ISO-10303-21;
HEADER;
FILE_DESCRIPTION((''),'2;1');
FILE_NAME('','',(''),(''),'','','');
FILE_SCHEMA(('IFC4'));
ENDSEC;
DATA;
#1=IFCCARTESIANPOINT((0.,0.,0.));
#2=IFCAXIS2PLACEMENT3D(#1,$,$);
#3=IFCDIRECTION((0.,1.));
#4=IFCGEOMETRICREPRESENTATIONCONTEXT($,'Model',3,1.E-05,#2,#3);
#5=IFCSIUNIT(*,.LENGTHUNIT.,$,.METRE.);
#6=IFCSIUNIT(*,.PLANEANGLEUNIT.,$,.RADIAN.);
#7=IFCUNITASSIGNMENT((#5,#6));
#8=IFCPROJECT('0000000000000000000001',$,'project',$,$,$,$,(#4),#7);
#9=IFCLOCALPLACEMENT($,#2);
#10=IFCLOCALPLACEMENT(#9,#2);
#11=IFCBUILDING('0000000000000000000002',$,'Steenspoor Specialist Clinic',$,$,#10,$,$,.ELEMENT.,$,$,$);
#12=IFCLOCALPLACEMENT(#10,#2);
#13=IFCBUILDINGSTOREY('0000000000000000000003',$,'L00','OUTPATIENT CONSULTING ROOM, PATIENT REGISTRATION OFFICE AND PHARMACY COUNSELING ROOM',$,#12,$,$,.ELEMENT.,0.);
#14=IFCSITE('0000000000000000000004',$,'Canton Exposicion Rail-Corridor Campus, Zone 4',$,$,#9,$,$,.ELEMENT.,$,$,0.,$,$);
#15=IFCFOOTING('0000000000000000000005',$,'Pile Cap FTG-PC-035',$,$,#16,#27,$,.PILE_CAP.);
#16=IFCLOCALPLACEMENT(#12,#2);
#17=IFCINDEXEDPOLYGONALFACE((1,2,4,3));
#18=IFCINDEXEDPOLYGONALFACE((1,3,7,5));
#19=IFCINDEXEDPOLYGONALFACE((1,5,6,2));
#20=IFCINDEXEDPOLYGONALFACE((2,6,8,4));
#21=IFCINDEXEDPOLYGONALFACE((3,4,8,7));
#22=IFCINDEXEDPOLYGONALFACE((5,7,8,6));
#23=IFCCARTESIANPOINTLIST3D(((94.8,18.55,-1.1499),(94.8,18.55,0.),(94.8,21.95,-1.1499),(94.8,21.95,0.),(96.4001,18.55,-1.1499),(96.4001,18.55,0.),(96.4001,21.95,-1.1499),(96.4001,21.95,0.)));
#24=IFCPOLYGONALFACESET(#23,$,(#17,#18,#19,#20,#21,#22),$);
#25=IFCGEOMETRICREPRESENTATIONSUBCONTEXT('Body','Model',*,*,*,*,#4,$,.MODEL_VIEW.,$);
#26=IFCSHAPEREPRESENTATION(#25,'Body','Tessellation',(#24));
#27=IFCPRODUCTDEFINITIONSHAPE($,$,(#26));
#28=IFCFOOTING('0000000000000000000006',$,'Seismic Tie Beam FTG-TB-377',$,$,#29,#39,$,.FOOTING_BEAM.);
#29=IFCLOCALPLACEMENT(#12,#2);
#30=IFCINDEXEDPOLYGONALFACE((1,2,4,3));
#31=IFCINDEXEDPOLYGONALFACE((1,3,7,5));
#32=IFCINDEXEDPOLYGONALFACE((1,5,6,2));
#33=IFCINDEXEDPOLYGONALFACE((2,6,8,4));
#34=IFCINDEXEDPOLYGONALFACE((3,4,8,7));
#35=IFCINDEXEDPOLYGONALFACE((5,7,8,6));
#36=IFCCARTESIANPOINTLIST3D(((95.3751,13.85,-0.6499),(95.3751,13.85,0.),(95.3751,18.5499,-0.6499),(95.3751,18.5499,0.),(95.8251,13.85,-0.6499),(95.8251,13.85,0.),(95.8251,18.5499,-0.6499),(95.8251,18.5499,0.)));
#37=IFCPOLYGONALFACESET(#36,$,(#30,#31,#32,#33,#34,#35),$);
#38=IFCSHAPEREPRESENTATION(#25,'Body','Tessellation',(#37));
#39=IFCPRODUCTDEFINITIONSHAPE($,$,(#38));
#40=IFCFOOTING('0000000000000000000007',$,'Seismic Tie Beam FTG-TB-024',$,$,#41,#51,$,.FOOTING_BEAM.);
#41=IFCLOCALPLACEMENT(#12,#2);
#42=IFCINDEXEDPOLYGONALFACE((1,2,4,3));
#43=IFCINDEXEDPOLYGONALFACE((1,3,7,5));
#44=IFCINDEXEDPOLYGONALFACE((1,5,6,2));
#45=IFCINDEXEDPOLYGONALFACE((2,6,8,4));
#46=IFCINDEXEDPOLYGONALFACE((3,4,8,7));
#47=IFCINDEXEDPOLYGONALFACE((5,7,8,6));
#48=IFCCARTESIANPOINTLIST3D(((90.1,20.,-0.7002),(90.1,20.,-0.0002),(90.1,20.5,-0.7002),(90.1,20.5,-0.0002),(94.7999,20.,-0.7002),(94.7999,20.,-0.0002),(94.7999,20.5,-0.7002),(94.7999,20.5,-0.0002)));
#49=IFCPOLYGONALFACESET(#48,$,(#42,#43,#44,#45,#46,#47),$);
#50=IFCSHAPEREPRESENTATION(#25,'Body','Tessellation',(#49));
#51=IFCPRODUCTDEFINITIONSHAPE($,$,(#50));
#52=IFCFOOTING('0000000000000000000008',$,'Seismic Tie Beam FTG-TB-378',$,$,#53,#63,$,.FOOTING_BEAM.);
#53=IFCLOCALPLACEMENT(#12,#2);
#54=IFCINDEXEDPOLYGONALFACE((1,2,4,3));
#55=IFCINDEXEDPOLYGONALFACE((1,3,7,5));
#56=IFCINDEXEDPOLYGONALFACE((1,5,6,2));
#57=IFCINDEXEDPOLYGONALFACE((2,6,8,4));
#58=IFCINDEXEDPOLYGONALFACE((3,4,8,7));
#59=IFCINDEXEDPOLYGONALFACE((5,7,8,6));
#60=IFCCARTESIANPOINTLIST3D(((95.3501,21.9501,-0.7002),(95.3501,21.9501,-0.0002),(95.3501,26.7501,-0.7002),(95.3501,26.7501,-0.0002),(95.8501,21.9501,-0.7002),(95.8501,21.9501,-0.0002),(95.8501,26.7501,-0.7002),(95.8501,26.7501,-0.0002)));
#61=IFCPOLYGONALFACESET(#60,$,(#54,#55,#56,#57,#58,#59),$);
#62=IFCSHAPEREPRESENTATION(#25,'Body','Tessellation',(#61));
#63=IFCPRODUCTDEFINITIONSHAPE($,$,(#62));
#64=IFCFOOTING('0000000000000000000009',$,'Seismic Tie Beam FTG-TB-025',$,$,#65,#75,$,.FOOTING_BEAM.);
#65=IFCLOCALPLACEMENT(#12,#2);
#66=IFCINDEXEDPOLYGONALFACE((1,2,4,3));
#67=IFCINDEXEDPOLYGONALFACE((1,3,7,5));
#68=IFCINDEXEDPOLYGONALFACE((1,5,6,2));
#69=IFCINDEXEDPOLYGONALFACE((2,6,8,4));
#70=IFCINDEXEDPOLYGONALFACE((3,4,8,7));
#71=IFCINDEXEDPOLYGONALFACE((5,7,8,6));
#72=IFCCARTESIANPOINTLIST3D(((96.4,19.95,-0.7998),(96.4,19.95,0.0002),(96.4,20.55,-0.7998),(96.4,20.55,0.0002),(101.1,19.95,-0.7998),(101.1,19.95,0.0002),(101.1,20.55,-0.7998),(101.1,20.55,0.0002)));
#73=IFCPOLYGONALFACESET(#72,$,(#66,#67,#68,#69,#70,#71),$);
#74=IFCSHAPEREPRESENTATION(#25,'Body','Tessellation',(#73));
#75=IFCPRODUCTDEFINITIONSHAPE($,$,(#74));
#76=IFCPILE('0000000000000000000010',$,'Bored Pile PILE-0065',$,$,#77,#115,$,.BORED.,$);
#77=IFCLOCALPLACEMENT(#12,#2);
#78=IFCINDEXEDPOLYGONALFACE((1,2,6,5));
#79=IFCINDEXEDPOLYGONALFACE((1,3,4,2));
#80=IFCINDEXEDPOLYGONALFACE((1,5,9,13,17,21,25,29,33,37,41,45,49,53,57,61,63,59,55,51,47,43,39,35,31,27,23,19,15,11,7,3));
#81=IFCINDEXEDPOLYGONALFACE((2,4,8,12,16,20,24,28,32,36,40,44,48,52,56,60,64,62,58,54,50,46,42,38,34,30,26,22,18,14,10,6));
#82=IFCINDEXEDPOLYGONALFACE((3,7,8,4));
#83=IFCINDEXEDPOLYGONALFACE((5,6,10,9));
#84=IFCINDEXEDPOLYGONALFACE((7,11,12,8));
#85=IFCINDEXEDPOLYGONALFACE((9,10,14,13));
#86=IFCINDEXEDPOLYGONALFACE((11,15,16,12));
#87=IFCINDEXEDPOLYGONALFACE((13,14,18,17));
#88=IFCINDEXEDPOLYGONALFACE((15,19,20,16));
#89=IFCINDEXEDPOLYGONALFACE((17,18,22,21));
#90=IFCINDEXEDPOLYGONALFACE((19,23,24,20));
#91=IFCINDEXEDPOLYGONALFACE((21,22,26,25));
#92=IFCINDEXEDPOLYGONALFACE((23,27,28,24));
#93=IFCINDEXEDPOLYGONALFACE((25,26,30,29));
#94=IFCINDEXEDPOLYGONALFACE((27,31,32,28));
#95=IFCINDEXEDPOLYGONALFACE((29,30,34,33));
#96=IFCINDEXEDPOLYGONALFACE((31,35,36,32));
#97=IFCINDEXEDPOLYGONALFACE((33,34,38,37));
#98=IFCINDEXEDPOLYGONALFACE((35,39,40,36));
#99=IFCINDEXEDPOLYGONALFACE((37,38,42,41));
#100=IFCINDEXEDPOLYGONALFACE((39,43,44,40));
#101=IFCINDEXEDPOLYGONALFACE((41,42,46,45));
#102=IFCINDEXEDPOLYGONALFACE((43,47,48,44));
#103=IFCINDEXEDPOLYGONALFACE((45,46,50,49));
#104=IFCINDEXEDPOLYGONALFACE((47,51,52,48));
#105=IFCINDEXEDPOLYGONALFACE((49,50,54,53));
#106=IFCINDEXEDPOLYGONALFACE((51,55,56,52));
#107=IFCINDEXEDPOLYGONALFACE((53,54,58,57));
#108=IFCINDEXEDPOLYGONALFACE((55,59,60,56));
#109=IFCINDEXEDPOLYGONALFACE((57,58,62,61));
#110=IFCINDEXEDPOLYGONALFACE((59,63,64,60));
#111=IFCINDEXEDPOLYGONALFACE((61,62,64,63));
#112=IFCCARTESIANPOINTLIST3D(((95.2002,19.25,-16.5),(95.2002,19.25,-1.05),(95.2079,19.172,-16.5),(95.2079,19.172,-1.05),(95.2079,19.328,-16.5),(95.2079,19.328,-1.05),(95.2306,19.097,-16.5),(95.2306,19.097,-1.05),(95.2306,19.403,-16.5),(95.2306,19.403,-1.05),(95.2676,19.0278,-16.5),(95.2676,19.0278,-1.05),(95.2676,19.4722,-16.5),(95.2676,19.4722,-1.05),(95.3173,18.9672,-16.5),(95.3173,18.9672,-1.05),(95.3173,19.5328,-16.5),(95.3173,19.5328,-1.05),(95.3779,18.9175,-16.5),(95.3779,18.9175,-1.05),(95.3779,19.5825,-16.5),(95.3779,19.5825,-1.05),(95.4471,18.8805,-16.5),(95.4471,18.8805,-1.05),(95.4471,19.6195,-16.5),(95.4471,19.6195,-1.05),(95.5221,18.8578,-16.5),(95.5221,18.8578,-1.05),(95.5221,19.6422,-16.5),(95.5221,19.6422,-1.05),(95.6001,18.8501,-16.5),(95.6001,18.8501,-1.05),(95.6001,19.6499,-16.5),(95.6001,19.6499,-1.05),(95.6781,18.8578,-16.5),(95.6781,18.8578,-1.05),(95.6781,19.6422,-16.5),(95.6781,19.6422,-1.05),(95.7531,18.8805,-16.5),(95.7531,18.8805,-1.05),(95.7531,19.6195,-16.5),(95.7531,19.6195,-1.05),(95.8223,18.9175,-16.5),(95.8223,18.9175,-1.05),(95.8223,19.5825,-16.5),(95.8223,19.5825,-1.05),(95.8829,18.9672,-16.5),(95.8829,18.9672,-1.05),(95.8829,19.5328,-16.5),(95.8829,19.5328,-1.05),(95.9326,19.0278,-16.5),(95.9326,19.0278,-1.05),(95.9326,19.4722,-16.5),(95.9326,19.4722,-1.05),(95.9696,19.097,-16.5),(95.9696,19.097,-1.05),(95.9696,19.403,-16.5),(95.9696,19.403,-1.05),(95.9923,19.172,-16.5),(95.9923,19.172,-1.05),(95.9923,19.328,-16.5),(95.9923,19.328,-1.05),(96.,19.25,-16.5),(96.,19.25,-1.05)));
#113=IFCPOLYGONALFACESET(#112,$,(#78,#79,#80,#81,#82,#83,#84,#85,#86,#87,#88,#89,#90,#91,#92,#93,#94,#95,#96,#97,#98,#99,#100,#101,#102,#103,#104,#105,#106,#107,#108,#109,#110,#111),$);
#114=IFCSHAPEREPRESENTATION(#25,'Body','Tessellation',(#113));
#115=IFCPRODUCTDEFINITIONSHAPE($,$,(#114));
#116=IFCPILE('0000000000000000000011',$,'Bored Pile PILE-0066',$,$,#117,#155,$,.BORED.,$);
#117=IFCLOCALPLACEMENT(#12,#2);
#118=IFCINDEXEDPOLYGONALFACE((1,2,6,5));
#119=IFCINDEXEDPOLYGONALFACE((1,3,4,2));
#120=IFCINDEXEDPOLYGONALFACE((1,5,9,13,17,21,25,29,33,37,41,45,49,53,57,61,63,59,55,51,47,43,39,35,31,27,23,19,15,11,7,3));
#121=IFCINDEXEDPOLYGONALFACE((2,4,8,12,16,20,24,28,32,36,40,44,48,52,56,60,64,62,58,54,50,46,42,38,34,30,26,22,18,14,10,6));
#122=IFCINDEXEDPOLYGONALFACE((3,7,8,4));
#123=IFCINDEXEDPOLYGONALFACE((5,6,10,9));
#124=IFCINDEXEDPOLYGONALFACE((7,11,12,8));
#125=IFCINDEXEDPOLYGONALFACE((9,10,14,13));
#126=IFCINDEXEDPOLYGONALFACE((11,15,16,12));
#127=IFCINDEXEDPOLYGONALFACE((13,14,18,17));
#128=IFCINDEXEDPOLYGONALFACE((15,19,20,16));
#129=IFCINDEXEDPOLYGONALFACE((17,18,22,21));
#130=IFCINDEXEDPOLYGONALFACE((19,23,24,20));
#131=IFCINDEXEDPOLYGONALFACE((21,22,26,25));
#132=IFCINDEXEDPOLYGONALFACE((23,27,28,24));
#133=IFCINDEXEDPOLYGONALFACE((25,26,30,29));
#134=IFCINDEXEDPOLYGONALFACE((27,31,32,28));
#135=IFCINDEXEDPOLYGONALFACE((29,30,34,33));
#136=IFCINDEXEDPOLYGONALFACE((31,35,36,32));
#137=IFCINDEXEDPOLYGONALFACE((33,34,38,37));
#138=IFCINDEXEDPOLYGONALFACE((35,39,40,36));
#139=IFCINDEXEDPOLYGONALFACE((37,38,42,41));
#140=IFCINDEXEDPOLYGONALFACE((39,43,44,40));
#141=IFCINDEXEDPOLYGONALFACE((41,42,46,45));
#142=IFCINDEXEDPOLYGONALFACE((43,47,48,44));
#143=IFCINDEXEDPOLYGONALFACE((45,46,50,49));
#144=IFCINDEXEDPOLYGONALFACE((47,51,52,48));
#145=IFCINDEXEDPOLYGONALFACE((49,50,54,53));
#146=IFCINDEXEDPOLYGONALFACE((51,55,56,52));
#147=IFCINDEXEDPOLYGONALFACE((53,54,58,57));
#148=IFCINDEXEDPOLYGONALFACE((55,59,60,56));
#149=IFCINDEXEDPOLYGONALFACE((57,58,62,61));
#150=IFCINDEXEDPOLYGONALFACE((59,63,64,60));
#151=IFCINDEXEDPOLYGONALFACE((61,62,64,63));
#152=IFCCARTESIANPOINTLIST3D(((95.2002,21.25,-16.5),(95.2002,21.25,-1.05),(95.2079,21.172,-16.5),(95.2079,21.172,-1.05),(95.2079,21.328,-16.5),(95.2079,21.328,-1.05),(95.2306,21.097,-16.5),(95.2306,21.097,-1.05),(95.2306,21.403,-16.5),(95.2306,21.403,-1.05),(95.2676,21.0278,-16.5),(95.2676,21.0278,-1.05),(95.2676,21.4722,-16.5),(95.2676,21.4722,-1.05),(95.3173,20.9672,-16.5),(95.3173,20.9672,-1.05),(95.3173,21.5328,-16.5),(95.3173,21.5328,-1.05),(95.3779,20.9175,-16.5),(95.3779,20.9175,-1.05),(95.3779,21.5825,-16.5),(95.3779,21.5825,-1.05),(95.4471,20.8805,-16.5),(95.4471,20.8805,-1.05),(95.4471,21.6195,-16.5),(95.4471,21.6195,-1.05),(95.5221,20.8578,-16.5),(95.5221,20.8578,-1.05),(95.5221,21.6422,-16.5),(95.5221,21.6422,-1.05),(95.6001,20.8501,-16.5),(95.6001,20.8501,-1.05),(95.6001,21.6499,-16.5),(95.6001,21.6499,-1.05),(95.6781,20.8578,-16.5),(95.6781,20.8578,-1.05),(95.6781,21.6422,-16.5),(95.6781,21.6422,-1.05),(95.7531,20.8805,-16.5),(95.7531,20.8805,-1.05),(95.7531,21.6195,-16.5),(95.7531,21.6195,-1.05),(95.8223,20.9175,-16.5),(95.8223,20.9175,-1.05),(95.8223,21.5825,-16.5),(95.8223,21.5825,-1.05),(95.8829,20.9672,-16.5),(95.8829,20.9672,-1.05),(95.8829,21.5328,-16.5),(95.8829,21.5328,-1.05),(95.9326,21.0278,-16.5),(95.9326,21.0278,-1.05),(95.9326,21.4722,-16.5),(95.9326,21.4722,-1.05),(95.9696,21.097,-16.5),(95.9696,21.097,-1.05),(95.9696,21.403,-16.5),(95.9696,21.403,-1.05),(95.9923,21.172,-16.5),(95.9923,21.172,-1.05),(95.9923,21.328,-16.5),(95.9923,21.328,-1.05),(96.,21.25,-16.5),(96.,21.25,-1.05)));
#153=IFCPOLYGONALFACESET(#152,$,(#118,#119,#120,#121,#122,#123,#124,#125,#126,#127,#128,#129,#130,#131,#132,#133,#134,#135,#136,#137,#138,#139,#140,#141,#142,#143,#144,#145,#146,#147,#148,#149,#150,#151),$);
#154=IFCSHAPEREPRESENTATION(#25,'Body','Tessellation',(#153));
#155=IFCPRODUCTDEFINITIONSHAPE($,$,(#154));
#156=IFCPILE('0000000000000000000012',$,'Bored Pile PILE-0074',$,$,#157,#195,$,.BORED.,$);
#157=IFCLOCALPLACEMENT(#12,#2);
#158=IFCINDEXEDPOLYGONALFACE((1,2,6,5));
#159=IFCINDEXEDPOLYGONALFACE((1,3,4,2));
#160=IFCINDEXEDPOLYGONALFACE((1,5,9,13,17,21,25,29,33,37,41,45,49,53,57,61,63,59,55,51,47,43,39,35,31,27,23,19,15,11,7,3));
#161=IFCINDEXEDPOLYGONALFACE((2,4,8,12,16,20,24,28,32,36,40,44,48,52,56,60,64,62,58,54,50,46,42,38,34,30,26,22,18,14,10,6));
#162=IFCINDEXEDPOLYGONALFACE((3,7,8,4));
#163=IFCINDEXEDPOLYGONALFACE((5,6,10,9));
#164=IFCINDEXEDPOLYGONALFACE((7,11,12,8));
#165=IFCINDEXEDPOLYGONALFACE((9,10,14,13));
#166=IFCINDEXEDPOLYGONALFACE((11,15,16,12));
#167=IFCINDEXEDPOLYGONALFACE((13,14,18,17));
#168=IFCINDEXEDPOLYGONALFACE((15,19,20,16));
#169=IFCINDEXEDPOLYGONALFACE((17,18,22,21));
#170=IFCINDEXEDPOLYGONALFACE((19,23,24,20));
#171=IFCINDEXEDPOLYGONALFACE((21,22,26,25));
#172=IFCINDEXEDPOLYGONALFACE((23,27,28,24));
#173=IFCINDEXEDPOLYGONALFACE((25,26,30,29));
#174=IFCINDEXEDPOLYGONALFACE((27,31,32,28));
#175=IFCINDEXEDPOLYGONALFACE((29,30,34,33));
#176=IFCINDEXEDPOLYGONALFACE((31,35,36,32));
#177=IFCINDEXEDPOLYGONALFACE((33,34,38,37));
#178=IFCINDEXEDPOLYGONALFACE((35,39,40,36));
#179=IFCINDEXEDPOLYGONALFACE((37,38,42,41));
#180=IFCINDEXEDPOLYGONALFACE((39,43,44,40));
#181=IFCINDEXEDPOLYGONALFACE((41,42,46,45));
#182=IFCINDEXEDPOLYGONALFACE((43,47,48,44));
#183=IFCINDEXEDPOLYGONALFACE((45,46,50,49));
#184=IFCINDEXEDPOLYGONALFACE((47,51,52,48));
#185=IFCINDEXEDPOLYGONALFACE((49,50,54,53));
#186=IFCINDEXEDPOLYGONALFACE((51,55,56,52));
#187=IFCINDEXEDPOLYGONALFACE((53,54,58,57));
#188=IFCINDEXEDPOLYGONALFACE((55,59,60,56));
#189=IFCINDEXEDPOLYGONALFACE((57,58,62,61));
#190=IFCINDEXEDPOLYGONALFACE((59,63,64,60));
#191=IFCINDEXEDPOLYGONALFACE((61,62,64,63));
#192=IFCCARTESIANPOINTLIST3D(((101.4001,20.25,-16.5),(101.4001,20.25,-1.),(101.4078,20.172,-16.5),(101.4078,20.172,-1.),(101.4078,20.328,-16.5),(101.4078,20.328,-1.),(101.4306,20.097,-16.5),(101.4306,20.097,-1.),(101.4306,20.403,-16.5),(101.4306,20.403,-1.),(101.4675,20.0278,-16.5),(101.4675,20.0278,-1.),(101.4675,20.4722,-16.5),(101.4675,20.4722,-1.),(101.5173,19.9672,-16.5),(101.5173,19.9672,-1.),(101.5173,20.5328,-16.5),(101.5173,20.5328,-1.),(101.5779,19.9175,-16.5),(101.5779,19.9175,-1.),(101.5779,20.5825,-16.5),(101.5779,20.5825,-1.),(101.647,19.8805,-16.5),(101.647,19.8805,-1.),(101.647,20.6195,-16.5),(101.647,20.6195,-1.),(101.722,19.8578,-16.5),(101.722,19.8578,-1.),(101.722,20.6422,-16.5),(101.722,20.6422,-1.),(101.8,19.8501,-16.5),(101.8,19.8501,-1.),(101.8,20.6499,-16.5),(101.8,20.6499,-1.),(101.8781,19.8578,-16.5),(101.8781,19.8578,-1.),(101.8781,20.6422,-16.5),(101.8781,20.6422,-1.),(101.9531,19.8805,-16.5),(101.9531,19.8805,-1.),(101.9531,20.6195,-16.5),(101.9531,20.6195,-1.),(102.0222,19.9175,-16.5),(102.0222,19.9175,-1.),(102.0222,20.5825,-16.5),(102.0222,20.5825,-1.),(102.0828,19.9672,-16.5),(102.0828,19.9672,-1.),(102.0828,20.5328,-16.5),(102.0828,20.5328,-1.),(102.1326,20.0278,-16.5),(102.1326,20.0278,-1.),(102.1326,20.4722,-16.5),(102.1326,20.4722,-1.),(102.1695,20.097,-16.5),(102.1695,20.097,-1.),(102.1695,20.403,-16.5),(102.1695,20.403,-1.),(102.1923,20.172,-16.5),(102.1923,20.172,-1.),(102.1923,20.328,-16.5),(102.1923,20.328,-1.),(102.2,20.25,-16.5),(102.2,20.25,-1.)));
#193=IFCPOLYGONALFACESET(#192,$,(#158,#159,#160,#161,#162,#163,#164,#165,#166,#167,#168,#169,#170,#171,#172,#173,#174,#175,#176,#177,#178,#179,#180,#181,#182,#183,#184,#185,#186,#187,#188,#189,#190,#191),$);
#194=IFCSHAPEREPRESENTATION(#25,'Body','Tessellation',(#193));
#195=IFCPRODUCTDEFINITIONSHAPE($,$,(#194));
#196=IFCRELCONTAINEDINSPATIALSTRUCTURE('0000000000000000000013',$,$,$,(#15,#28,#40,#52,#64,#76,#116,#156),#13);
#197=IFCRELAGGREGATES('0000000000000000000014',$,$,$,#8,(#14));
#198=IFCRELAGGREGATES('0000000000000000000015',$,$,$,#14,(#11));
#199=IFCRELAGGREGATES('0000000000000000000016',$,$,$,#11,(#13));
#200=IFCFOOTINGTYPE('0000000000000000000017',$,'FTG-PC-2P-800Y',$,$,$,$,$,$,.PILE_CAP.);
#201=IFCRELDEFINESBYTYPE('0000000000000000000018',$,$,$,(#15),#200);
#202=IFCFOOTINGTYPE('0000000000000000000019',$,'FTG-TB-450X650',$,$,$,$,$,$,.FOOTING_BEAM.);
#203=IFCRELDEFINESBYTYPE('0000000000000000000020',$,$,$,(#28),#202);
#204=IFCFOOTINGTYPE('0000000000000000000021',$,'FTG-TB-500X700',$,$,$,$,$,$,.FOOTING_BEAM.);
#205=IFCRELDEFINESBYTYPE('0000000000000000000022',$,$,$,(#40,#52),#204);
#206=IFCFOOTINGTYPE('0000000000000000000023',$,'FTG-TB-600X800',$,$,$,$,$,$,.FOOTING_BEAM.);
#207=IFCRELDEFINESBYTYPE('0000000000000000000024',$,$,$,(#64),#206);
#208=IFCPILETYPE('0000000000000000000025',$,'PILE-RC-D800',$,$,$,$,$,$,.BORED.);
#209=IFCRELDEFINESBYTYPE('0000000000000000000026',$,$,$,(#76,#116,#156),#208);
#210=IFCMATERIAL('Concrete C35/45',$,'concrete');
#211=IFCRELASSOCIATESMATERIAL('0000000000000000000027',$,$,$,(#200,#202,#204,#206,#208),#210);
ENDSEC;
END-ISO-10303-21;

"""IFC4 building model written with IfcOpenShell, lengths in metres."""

from ifc_helpers import new_model, si_unit, direction, frame, origin, origin_2d, place, context, subcontext, project, spatial, rectangle, circle, extrude, material, material_profile, profile_set, type_object, element, save


model = new_model("IFC4")

# Units and contexts
model_context = context("Model", 3, precision=1e-05, world=origin(), true_north=direction((0.0, 1.0)))
body_context = subcontext(model_context, "Body", "Model", "MODEL_VIEW")
ifc_project = project(units=[si_unit("LENGTHUNIT", "METRE"), si_unit("PLANEANGLEUNIT", "RADIAN")], contexts=[model_context])

# Site, building, storey
site_placement = place(None, origin())
site = spatial("IfcSite", under=ifc_project, at=site_placement, Name="Canton Exposicion Rail-Corridor Campus, Zone 4", CompositionType="ELEMENT", RefElevation=0.0)
building_placement = place(site_placement, origin())
building = spatial("IfcBuilding", under=site, at=building_placement, Name="Steenspoor Specialist Clinic", CompositionType="ELEMENT")
storey_placement = place(building_placement, origin())
storey = spatial("IfcBuildingStorey", under=building, at=storey_placement, Name="L00", Description="OUTPATIENT CONSULTING ROOM, PATIENT REGISTRATION OFFICE AND PHARMACY COUNSELING ROOM", CompositionType="ELEMENT", Elevation=0.0)

# Footings
ifc_material_1 = material(Name="Concrete C35/45", Category="concrete")
footing_type_1 = type_object("IfcFootingType", Name="FTG-PC-2P-800Y", PredefinedType="PILE_CAP", material=ifc_material_1)
footing_1_placement = place(storey_placement, frame((95.6001, 20.25, -1.1499), z_axis=(0.0, 0.0, 1.0), x_axis=(1.0, 0.0, 0.0)))
element("IfcFooting", 1, at=footing_1_placement, inside=storey, type_object=footing_type_1, Name="Pile Cap FTG-PC-035", PredefinedType="PILE_CAP", context=body_context, shape_type="SweptSolid", body=[
    extrude(rectangle(XDim=1.6001, YDim=3.3999, at=origin_2d()), origin(), (0.0, 0.0, 1.0), 1.1499),
])
footing_type_2 = type_object("IfcFootingType", Name="FTG-TB-450X650", PredefinedType="FOOTING_BEAM", material=ifc_material_1)
footing_2_placement = place(storey_placement, frame((95.6001, 16.2, -0.6499), z_axis=(0.0, 0.0, 1.0), x_axis=(1.0, 0.0, 0.0)))
element("IfcFooting", 2, at=footing_2_placement, inside=storey, type_object=footing_type_2, Name="Seismic Tie Beam FTG-TB-377", PredefinedType="FOOTING_BEAM", context=body_context, shape_type="SweptSolid", body=[
    extrude(rectangle(XDim=0.45, YDim=4.7, at=origin_2d()), origin(), (0.0, 0.0, 1.0), 0.6499),
])
footing_type_3 = type_object("IfcFootingType", Name="FTG-TB-500X700", PredefinedType="FOOTING_BEAM", material=ifc_material_1)
footing_3_placement = place(storey_placement, frame((92.45, 20.25, -0.7002), z_axis=(0.0, 0.0, 1.0), x_axis=(1.0, 0.0, 0.0)))
element("IfcFooting", 3, at=footing_3_placement, inside=storey, type_object=footing_type_3, Name="Seismic Tie Beam FTG-TB-024", PredefinedType="FOOTING_BEAM", context=body_context, shape_type="SweptSolid", body=[
    extrude(rectangle(XDim=4.7, YDim=0.5, at=origin_2d()), origin(), (0.0, 0.0, 1.0), 0.7),
])
footing_4_placement = place(storey_placement, frame((95.6001, 24.3501, -0.7002), z_axis=(0.0, 0.0, 1.0), x_axis=(1.0, 0.0, 0.0)))
element("IfcFooting", 4, at=footing_4_placement, inside=storey, type_object=footing_type_3, Name="Seismic Tie Beam FTG-TB-378", PredefinedType="FOOTING_BEAM", context=body_context, shape_type="SweptSolid", body=[
    extrude(rectangle(XDim=0.5, YDim=4.8, at=origin_2d()), origin(), (0.0, 0.0, 1.0), 0.7),
])
footing_type_4 = type_object("IfcFootingType", Name="FTG-TB-600X800", PredefinedType="FOOTING_BEAM", material=ifc_material_1)
footing_5_placement = place(storey_placement, frame((98.75, 20.25, -0.7998), z_axis=(0.0, 0.0, 1.0), x_axis=(1.0, 0.0, 0.0)))
element("IfcFooting", 5, at=footing_5_placement, inside=storey, type_object=footing_type_4, Name="Seismic Tie Beam FTG-TB-025", PredefinedType="FOOTING_BEAM", context=body_context, shape_type="SweptSolid", body=[
    extrude(rectangle(XDim=4.7, YDim=0.6001, at=origin_2d()), origin(), (0.0, 0.0, 1.0), 0.8),
])

# Piles
ifc_material_profile_1 = material_profile(ifc_material_1, circle(Radius=0.3999, at=origin_2d()), Name="PILE-D800")
ifc_profile_set_1 = profile_set([ifc_material_profile_1], Name="Concrete C35/45")
pile_type = type_object("IfcPileType", Name="PILE-RC-D800", PredefinedType="BORED", material=ifc_profile_set_1)
for number, where, z_axis, x_axis, name in (
    (6, (95.6001, 19.25, -1.05), (0.0, 0.0, -1.0), (1.0, 0.0, 0.0), "Bored Pile PILE-0065"),
    (7, (95.6001, 21.25, -1.05), (0.0, 0.0, -1.0), (1.0, 0.0, 0.0), "Bored Pile PILE-0066"),
):
    element("IfcPile", number, at=place(storey_placement, frame(where, z_axis=z_axis, x_axis=x_axis)), inside=storey, type_object=pile_type, Name=name, PredefinedType="BORED", context=body_context, shape_type="SweptSolid", body=[
        extrude(circle(Radius=0.3999, at=origin_2d()), origin(), (0.0, 0.0, 1.0), 15.45),
    ])
pile_placement = place(storey_placement, frame((101.8, 20.25, -1.0), z_axis=(0.0, 0.0, -1.0), x_axis=(1.0, 0.0, 0.0)))
element("IfcPile", 8, at=pile_placement, inside=storey, type_object=pile_type, Name="Bored Pile PILE-0074", PredefinedType="BORED", context=body_context, shape_type="SweptSolid", body=[
    extrude(circle(Radius=0.3999, at=origin_2d()), origin(), (0.0, 0.0, 1.0), 15.5),
])

save(model, "model.ifc")
